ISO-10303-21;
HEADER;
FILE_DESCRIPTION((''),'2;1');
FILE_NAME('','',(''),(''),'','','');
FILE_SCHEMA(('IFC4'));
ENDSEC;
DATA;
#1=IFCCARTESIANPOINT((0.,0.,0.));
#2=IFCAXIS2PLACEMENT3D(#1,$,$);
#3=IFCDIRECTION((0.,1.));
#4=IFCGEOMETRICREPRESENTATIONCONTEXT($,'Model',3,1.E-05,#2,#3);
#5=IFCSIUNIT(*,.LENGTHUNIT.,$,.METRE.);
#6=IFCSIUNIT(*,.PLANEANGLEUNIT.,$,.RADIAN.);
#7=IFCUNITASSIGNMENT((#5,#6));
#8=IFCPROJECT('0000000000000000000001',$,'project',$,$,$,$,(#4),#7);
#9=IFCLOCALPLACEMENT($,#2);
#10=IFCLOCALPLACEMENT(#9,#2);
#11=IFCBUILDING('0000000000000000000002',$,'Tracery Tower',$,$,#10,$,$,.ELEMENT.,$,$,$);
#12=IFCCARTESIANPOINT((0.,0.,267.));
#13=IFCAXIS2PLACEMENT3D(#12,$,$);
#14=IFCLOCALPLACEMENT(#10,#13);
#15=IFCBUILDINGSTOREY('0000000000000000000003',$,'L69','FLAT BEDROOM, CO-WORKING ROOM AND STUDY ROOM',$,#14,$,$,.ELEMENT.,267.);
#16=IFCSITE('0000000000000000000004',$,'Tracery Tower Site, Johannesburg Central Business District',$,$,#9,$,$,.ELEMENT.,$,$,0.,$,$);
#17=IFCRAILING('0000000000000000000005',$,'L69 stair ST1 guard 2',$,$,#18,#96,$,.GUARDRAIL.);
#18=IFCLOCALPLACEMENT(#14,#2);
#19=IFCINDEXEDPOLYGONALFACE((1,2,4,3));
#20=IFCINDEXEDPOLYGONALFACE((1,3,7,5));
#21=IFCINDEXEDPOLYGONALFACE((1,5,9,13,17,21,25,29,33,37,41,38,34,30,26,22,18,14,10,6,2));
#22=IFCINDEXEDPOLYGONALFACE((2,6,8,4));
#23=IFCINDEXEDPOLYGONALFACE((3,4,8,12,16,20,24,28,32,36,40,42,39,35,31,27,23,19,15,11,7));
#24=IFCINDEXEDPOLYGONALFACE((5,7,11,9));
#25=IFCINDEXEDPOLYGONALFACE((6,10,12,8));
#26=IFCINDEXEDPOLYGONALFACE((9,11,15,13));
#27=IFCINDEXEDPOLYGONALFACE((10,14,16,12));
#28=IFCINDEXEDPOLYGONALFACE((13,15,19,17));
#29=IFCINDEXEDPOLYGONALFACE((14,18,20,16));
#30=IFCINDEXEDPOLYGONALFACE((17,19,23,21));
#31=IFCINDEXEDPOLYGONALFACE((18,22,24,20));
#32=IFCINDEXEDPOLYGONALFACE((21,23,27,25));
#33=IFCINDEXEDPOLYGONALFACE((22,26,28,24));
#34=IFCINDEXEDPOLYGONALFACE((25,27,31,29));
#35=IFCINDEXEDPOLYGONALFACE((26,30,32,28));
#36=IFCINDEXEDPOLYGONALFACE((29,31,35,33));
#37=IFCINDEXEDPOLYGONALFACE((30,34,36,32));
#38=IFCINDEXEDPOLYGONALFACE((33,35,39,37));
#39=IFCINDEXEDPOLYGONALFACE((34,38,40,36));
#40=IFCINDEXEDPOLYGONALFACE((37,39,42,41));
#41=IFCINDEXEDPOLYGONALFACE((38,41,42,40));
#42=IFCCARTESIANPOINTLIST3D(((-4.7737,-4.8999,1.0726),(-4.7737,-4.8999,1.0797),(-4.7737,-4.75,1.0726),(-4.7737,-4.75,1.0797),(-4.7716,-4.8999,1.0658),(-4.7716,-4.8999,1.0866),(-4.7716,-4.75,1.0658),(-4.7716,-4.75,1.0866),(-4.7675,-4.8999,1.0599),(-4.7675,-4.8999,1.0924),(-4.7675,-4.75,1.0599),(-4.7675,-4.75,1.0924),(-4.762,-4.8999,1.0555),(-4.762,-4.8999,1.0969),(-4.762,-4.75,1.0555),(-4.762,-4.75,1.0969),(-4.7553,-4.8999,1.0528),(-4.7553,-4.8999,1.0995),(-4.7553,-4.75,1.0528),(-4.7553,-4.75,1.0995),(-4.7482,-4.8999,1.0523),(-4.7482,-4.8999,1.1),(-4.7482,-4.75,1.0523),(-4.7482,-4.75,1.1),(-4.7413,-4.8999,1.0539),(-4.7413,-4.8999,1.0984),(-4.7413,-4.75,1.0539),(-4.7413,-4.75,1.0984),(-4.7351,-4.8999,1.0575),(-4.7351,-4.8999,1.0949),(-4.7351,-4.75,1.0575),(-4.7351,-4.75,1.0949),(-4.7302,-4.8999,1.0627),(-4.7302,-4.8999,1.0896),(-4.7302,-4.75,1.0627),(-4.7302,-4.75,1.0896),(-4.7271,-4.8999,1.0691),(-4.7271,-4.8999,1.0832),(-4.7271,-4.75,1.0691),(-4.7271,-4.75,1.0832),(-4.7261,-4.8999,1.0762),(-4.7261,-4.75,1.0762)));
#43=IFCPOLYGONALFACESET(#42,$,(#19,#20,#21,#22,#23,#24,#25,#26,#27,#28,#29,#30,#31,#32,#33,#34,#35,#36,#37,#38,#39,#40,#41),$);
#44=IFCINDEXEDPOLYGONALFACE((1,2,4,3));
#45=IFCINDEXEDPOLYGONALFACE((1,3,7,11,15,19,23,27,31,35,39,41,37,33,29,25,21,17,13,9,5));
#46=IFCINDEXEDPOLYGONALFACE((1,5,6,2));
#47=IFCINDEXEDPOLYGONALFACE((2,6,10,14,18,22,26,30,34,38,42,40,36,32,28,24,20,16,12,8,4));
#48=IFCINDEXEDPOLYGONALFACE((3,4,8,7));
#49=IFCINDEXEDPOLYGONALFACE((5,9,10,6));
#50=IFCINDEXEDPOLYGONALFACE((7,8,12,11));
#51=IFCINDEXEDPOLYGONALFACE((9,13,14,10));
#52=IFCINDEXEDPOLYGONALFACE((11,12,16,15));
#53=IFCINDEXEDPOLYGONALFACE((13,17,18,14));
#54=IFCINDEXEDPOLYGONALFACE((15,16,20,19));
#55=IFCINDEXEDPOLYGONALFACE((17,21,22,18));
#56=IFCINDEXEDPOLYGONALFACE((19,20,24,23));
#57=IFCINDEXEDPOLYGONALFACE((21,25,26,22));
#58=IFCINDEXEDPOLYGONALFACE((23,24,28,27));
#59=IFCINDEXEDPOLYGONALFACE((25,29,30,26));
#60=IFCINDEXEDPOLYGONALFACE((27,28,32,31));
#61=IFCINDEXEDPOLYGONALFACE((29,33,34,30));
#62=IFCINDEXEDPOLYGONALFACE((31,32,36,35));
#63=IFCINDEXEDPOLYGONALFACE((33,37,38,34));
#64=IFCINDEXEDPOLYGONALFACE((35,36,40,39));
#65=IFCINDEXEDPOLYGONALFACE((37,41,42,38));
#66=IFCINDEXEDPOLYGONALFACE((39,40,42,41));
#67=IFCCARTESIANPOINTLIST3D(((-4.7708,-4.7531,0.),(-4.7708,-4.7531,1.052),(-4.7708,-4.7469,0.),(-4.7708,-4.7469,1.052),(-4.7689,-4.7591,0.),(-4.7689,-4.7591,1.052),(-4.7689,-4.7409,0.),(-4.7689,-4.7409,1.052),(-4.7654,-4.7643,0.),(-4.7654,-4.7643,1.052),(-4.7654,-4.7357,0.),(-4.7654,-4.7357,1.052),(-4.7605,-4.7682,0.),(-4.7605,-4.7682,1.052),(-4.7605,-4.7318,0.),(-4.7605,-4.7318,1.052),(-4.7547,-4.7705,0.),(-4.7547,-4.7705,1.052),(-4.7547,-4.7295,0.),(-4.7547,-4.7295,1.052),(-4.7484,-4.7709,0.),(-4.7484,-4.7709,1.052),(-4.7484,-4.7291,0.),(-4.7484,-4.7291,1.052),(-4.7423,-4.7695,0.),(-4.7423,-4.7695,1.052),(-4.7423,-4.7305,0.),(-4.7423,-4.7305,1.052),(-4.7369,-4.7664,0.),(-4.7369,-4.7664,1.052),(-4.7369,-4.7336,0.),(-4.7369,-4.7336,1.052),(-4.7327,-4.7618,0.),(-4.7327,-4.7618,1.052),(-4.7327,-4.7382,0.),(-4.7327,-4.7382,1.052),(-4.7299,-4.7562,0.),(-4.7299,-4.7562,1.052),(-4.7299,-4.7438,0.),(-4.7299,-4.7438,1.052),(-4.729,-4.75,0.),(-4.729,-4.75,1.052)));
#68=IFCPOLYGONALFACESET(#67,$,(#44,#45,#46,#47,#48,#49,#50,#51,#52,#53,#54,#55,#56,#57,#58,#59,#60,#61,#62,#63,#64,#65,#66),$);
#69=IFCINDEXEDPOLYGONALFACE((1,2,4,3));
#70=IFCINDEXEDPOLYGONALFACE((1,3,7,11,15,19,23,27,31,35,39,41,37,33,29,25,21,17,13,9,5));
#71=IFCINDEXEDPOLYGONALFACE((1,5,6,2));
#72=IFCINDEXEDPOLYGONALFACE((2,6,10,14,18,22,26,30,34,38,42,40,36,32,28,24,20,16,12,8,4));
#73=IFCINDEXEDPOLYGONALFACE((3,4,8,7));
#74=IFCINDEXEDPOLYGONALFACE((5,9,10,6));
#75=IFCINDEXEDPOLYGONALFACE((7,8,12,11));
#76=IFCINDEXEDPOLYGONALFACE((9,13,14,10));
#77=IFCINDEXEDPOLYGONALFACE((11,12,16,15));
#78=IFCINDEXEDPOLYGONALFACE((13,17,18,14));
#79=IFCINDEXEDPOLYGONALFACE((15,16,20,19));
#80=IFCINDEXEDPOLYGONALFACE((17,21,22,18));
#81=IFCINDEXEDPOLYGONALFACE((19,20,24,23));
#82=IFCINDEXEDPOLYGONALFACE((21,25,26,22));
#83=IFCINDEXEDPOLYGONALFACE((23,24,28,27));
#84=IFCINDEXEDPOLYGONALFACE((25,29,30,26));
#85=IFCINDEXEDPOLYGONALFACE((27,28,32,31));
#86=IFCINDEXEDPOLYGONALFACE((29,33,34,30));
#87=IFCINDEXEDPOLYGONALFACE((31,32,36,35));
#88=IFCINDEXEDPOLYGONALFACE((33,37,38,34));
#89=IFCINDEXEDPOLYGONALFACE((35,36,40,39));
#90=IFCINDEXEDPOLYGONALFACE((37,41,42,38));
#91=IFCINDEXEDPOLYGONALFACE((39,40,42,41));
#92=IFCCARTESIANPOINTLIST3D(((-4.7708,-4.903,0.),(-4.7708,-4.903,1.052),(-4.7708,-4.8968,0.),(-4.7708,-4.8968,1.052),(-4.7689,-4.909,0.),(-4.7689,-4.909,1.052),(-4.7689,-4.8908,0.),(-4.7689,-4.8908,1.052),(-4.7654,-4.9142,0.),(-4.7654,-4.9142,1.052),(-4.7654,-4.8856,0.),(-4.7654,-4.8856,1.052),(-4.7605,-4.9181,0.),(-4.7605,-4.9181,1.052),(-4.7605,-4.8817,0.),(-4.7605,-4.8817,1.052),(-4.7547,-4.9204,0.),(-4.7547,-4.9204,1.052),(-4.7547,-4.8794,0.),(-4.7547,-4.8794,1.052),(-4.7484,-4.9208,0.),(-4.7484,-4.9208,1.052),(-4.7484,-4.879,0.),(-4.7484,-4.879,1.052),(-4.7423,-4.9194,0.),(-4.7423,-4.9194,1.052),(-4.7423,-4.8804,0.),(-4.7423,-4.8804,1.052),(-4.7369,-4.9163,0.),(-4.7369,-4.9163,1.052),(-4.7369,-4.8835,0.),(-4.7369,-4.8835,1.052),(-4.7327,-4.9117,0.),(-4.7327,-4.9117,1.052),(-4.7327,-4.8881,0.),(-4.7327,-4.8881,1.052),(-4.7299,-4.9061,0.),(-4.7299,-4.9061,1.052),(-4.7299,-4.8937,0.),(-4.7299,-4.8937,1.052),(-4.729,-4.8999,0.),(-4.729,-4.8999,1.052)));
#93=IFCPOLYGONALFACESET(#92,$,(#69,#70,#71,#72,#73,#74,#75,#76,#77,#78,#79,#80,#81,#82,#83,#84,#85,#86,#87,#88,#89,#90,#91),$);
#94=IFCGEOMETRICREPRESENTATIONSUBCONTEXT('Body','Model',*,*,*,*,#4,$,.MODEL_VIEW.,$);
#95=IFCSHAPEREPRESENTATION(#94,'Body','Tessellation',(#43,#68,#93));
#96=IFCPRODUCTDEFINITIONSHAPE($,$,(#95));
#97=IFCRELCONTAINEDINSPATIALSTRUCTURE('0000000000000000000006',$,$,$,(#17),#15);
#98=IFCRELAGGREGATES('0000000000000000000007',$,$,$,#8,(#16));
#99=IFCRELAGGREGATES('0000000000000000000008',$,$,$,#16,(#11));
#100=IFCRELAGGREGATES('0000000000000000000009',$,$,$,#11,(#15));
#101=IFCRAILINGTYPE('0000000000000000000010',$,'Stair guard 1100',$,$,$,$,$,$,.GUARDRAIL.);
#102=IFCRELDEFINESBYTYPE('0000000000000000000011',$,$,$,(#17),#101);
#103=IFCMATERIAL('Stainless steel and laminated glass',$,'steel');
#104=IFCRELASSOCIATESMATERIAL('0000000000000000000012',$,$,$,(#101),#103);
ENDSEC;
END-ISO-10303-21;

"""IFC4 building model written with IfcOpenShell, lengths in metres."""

from ifc_helpers import new_model, si_unit, direction, frame, origin, origin_2d, place, context, subcontext, project, spatial, circle, extrude, material, type_object, element, save


model = new_model("IFC4")

# Units and contexts
model_context = context("Model", 3, precision=1e-05, world=origin(), true_north=direction((0.0, 1.0)))
body_context = subcontext(model_context, "Body", "Model", "MODEL_VIEW")
ifc_project = project(units=[si_unit("LENGTHUNIT", "METRE"), si_unit("PLANEANGLEUNIT", "RADIAN")], contexts=[model_context])

# Site, building, storey
site_placement = place(None, origin())
site = spatial("IfcSite", under=ifc_project, at=site_placement, Name="Tracery Tower Site, Johannesburg Central Business District", CompositionType="ELEMENT", RefElevation=0.0)
building_placement = place(site_placement, origin())
building = spatial("IfcBuilding", under=site, at=building_placement, Name="Tracery Tower", CompositionType="ELEMENT")
storey_placement = place(building_placement, frame((0.0, 0.0, 267.0)))
storey = spatial("IfcBuildingStorey", under=building, at=storey_placement, Name="L69", Description="FLAT BEDROOM, CO-WORKING ROOM AND STUDY ROOM", CompositionType="ELEMENT", Elevation=267.0)

# Railing
ifc_material_1 = material(Name="Stainless steel and laminated glass", Category="steel")
railing_type_1 = type_object("IfcRailingType", Name="Stair guard 1100", PredefinedType="GUARDRAIL", material=ifc_material_1)
railing_1_placement = place(storey_placement, frame((-4.75, -4.75, 0.0)))
element("IfcRailing", 1, at=railing_1_placement, inside=storey, type_object=railing_type_1, Name="L69 stair ST1 guard 2", PredefinedType="GUARDRAIL", context=body_context, shape_type="SweptSolid", body=[
    extrude(circle(Radius=0.0239, at=origin_2d()), frame((0.0, 0.0, 1.0762), z_axis=(0.0, -1.0, 0.0), x_axis=(1.0, 0.0, 0.0)), (0.0, 0.0, 1.0), 0.1499),
    extrude(circle(Radius=0.021, at=origin_2d()), origin(), (0.0, 0.0, 1.0), 1.052),
    extrude(circle(Radius=0.021, at=origin_2d()), frame((0.0, -0.1499, 0.0)), (0.0, 0.0, 1.0), 1.052),
])

save(model, "model.ifc")
